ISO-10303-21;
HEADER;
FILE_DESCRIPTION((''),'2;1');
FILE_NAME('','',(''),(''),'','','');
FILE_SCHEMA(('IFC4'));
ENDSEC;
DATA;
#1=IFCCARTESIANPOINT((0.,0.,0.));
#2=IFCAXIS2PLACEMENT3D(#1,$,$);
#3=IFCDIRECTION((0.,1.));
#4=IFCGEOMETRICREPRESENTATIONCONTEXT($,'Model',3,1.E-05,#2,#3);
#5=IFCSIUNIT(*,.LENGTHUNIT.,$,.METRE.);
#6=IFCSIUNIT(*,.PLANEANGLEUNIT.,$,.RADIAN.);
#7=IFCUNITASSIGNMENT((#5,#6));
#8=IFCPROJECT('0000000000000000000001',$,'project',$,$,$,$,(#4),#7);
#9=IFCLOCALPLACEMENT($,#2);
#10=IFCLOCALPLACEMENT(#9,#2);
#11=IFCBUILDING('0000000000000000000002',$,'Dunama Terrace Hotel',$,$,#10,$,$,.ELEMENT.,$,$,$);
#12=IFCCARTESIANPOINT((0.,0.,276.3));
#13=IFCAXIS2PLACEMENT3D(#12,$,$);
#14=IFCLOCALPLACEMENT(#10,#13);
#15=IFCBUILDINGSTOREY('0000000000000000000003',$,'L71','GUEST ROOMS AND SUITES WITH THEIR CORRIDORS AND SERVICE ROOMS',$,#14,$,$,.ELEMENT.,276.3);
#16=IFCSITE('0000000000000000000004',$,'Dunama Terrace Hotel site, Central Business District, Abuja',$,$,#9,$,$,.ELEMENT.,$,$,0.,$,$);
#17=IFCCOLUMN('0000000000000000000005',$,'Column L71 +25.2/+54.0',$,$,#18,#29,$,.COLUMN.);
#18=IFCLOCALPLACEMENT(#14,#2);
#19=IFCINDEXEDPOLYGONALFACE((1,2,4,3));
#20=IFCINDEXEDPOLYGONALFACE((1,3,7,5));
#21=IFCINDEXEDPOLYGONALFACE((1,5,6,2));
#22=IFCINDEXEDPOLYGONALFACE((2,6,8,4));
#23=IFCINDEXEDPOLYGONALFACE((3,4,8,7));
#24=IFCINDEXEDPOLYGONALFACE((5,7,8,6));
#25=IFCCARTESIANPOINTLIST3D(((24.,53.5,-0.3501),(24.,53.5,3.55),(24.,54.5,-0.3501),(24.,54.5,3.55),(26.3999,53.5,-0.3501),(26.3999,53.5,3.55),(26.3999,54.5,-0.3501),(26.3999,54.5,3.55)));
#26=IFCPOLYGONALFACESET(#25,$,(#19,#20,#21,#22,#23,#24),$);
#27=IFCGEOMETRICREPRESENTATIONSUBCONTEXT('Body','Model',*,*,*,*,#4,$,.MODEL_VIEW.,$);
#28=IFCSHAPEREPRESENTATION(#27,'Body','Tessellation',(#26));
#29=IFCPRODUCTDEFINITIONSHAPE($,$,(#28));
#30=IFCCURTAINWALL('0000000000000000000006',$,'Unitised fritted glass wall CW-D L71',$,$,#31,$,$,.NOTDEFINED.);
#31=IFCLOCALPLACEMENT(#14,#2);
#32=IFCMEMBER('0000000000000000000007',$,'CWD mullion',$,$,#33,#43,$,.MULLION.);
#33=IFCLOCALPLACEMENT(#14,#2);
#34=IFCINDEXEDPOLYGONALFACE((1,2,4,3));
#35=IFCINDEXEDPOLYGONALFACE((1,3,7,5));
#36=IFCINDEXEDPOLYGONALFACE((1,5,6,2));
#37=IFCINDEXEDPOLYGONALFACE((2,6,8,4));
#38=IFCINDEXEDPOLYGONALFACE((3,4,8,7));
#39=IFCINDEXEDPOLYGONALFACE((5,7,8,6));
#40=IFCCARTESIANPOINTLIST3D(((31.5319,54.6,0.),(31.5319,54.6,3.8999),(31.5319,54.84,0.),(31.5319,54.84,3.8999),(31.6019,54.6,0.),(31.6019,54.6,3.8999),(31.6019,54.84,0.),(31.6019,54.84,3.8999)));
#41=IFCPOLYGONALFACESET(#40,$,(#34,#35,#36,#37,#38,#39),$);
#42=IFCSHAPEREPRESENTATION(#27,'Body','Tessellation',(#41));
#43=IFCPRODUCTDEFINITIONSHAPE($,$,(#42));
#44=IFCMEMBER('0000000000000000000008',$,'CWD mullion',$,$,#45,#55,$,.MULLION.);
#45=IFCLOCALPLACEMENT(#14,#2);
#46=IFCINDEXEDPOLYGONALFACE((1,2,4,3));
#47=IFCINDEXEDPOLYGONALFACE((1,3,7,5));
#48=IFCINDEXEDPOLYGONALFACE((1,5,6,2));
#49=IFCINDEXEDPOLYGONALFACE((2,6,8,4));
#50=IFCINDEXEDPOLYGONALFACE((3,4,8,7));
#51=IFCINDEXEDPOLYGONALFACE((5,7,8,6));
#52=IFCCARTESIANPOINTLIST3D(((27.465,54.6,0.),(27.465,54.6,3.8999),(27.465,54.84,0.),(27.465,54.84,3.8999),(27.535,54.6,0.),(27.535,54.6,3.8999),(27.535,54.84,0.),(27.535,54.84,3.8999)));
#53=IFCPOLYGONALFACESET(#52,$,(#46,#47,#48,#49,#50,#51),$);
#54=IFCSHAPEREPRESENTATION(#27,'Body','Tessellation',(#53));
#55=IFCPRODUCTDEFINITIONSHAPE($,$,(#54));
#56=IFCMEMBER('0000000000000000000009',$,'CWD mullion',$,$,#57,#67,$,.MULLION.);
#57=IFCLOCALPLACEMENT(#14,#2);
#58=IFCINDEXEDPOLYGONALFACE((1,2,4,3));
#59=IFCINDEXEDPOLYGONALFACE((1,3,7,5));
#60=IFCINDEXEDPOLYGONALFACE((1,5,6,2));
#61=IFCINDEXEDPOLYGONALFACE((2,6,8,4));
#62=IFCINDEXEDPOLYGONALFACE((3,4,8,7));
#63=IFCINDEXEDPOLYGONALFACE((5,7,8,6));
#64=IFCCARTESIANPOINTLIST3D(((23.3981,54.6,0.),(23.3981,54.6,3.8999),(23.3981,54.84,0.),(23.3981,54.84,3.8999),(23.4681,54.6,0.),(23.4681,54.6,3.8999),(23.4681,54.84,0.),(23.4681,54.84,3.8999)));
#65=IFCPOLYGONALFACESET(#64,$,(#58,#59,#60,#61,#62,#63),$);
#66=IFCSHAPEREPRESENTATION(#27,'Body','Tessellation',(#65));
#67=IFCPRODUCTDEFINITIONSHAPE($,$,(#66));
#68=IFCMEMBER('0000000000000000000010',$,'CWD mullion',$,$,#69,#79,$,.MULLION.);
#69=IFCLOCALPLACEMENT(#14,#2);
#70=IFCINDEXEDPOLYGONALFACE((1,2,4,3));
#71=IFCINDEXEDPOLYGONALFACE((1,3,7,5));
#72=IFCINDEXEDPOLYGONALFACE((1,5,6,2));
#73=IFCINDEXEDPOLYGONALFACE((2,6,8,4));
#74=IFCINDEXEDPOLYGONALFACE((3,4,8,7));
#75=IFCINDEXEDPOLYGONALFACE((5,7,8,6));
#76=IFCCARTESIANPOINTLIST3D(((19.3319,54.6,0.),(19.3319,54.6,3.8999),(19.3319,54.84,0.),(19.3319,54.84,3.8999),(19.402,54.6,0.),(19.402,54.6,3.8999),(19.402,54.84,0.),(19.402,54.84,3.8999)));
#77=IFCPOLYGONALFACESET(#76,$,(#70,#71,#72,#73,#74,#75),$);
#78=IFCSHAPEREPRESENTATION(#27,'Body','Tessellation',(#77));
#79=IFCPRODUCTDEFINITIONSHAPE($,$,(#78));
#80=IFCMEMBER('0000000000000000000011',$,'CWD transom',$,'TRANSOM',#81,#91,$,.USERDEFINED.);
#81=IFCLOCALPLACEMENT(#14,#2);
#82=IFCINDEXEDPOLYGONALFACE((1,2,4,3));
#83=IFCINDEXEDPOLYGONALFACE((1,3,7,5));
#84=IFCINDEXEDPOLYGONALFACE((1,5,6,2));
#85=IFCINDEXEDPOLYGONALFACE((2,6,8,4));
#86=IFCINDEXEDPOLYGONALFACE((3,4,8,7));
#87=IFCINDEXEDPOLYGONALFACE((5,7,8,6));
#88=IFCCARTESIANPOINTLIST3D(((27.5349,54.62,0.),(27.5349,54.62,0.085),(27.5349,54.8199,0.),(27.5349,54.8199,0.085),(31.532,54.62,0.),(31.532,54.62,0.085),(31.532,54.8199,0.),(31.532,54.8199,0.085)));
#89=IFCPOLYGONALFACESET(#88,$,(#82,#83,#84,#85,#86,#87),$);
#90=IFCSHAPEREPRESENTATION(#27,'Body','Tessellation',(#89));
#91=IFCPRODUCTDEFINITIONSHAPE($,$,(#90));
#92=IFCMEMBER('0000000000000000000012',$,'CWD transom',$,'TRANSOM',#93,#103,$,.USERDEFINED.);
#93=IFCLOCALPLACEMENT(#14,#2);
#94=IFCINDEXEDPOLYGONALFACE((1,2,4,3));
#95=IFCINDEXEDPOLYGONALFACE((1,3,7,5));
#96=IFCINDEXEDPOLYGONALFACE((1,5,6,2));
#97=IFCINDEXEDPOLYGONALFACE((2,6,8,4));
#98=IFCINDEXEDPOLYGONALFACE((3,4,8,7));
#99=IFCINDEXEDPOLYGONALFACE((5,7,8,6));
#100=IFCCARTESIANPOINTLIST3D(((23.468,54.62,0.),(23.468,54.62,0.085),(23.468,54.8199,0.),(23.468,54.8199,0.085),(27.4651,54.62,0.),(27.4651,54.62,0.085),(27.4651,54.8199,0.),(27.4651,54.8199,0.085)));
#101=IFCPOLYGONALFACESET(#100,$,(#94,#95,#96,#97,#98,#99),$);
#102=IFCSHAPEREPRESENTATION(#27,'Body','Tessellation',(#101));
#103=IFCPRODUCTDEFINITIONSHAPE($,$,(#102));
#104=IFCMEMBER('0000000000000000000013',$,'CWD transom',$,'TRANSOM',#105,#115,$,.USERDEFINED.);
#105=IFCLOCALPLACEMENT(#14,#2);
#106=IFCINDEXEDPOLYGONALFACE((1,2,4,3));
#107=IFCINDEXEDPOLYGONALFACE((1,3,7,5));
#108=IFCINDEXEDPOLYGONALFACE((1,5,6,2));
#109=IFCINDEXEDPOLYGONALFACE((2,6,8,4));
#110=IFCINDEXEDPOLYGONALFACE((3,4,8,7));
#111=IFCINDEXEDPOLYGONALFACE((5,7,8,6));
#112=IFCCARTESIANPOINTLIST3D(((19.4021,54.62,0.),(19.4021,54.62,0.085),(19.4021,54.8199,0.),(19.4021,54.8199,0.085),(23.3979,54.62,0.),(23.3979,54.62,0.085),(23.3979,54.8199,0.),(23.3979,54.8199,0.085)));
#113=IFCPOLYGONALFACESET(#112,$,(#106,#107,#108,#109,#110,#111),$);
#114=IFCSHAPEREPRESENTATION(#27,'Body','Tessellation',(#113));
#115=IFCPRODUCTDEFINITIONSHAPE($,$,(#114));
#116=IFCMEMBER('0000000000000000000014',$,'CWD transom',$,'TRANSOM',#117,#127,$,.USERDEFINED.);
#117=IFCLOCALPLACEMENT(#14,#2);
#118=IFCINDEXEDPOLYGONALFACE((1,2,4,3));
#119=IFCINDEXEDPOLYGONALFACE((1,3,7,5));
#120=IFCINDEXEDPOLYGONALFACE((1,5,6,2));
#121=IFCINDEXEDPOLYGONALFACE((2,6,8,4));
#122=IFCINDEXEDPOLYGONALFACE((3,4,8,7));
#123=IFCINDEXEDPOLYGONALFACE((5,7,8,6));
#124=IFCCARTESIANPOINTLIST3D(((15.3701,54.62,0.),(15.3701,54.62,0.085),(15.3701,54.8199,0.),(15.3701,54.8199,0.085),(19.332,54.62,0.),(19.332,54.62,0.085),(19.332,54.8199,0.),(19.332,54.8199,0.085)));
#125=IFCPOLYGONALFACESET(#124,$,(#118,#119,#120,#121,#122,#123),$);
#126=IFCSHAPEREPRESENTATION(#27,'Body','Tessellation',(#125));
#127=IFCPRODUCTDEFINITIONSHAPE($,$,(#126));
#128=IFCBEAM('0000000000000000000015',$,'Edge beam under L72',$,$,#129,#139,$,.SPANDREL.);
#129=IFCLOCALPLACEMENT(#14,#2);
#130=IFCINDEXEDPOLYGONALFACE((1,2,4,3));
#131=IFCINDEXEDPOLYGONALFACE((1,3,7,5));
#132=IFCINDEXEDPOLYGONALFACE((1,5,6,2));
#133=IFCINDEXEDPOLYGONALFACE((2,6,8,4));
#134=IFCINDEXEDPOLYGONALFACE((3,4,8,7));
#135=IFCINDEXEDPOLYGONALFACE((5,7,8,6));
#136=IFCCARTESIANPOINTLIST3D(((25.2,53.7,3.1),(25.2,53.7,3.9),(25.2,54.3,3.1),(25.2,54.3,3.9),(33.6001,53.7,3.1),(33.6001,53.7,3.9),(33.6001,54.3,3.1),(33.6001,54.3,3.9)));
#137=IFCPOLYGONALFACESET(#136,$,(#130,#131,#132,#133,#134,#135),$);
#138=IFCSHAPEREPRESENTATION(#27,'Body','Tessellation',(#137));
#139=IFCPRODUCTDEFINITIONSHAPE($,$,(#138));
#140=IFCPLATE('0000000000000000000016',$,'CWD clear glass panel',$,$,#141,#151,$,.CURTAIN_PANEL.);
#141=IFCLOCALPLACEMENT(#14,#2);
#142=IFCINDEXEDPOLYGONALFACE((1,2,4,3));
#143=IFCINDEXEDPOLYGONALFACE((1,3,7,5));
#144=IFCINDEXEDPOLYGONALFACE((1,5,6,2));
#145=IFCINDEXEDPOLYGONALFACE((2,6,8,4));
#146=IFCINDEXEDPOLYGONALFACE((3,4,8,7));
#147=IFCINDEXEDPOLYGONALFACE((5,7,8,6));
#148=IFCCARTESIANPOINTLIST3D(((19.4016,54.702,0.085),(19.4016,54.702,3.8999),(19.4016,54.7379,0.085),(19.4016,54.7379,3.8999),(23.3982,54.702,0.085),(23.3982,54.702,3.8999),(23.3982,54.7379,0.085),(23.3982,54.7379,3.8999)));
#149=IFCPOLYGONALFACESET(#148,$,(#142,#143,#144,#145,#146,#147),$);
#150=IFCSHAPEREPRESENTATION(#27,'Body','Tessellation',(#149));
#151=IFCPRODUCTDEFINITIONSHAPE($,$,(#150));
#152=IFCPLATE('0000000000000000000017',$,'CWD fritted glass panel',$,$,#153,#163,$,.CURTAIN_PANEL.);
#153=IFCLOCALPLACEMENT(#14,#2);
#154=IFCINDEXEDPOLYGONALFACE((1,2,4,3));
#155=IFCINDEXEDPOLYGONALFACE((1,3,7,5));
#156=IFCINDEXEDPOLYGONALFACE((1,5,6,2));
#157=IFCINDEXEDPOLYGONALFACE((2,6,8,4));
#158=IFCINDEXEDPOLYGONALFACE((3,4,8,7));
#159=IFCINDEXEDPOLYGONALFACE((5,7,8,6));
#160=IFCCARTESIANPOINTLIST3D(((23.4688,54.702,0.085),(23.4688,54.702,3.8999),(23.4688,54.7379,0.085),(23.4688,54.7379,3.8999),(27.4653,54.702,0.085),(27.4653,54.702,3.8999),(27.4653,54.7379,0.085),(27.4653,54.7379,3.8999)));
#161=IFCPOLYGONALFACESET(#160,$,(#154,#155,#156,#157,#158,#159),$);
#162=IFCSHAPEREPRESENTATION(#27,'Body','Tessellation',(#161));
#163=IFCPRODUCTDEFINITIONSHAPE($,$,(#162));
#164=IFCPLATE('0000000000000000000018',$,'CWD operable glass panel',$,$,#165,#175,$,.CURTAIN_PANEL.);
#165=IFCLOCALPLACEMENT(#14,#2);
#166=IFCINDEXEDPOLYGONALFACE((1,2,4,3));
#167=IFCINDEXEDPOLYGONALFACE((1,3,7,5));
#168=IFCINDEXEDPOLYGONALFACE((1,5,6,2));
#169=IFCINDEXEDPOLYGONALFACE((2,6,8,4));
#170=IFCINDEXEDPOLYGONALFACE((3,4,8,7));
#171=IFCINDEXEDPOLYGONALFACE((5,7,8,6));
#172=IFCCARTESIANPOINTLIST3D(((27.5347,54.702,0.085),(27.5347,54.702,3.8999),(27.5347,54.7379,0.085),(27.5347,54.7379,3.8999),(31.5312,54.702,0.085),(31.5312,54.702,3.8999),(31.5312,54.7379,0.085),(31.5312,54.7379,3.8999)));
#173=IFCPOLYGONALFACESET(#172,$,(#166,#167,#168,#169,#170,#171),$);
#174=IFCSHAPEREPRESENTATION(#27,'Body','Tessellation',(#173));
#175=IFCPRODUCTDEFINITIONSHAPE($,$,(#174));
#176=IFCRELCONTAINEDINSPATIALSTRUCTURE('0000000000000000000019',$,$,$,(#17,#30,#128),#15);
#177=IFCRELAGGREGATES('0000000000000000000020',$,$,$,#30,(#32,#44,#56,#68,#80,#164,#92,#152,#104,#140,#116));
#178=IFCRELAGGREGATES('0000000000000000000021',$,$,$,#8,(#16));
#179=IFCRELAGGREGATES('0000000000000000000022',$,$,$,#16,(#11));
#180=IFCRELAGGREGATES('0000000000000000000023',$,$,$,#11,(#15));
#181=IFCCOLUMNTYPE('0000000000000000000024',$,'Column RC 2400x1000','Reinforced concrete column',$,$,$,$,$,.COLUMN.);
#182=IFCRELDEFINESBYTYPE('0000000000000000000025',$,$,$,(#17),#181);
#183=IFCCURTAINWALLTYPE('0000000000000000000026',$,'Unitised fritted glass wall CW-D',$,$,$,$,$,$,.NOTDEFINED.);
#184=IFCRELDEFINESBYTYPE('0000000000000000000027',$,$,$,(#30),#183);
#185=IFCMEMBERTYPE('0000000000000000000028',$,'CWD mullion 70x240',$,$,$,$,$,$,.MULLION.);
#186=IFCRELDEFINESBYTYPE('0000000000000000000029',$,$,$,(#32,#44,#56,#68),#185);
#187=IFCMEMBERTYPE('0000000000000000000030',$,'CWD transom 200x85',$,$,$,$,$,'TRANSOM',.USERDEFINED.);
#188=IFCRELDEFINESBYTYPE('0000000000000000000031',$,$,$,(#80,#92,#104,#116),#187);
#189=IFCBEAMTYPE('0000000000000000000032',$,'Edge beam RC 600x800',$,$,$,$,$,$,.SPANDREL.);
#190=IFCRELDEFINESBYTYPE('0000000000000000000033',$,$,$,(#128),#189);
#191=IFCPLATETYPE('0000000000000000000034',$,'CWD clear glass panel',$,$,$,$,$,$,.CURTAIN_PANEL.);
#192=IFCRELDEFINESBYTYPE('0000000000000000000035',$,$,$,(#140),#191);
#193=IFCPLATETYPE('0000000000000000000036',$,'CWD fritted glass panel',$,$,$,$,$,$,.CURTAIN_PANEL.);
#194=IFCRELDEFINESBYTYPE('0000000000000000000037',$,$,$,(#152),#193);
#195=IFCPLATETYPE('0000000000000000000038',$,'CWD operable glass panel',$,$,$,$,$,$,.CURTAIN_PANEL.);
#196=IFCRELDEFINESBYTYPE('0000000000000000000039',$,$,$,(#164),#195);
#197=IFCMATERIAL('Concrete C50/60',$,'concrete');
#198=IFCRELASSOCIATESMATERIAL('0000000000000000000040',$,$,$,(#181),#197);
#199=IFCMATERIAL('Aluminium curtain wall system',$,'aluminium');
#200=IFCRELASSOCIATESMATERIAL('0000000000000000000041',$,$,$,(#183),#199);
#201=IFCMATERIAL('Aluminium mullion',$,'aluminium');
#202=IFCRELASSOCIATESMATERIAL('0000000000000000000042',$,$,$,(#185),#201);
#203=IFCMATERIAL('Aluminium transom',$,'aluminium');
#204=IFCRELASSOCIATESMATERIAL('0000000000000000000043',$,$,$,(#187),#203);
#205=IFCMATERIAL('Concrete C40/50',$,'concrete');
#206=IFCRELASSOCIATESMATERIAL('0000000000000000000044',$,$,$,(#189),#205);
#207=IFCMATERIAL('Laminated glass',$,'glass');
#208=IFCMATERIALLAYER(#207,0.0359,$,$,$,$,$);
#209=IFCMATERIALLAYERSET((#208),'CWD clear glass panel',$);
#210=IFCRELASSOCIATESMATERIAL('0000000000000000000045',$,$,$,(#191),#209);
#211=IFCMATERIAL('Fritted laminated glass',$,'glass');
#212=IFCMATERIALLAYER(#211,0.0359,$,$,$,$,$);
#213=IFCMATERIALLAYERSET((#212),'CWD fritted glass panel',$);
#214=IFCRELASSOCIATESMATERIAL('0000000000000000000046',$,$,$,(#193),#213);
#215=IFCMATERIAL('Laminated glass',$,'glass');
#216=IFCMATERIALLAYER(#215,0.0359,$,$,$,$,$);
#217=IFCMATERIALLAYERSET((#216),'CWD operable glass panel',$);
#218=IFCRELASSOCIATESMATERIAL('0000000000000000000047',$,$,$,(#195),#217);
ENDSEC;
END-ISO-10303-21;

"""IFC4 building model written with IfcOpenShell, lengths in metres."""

from ifc_helpers import new_model, si_unit, direction, frame, origin, origin_2d, place, context, subcontext, project, spatial, rectangle, extrude, material, layer, layer_set, material_profile, profile_set, type_object, element, aggregate, save


model = new_model("IFC4")

# Units and contexts
model_context = context("Model", 3, precision=1e-05, world=origin(), true_north=direction((0.0, 1.0)))
body_context = subcontext(model_context, "Body", "Model", "MODEL_VIEW")
ifc_project = project(units=[si_unit("LENGTHUNIT", "METRE"), si_unit("PLANEANGLEUNIT", "RADIAN")], contexts=[model_context])

# Site, building, storey
site_placement = place(None, origin())
site = spatial("IfcSite", under=ifc_project, at=site_placement, Name="Dunama Terrace Hotel site, Central Business District, Abuja", CompositionType="ELEMENT", RefElevation=0.0)
building_placement = place(site_placement, origin())
building = spatial("IfcBuilding", under=site, at=building_placement, Name="Dunama Terrace Hotel", CompositionType="ELEMENT")
storey_placement = place(building_placement, frame((0.0, 0.0, 276.3)))
storey = spatial("IfcBuildingStorey", under=building, at=storey_placement, Name="L71", Description="GUEST ROOMS AND SUITES WITH THEIR CORRIDORS AND SERVICE ROOMS", CompositionType="ELEMENT", Elevation=276.3)

# Column
ifc_material_1 = material(Name="Concrete C50/60", Category="concrete")
ifc_material_profile_1 = material_profile(ifc_material_1, rectangle(XDim=2.3999, YDim=1.0, at=origin_2d()), Name="RC 2400x1000")
ifc_profile_set_1 = profile_set([ifc_material_profile_1], Name="Concrete C50/60")
column_type = type_object("IfcColumnType", Name="Column RC 2400x1000", Description="Reinforced concrete column", PredefinedType="COLUMN", material=ifc_profile_set_1)
column_placement = place(storey_placement, frame((25.2, 54.0, -0.3501), z_axis=(0.0, 0.0, 1.0), x_axis=(1.0, 0.0, 0.0)))
element("IfcColumn", 1, at=column_placement, inside=storey, type_object=column_type, Name="Column L71 +25.2/+54.0", PredefinedType="COLUMN", context=body_context, shape_type="SweptSolid", body=[
    extrude(rectangle(XDim=2.3999, YDim=1.0, at=origin_2d()), origin(), (0.0, 0.0, 1.0), 3.9001),
])

# Curtain wall, members
ifc_material_2 = material(Name="Aluminium curtain wall system", Category="aluminium")
curtain_wall_type = type_object("IfcCurtainWallType", Name="Unitised fritted glass wall CW-D", PredefinedType="NOTDEFINED", material=ifc_material_2)
curtain_wall_placement = place(storey_placement, origin())
curtain_wall = element("IfcCurtainWall", 2, at=curtain_wall_placement, inside=storey, type_object=curtain_wall_type, Name="Unitised fritted glass wall CW-D L71", PredefinedType="NOTDEFINED")
ifc_material_3 = material(Name="Aluminium mullion", Category="aluminium")
ifc_material_profile_2 = material_profile(ifc_material_3, rectangle(XDim=0.0701, YDim=0.24, at=origin_2d()), Name="CWD MULLION 70X240")
ifc_profile_set_2 = profile_set([ifc_material_profile_2], Name="Aluminium mullion")
member_type_1 = type_object("IfcMemberType", Name="CWD mullion 70x240", PredefinedType="MULLION", material=ifc_profile_set_2)
member_1_placement = place(storey_placement, frame((31.5669, 54.72, 0.0), z_axis=(0.0, 0.0, 1.0), x_axis=(-1.0, 0.0, 0.0)))
member_1 = element("IfcMember", 3, at=member_1_placement, type_object=member_type_1, Name="CWD mullion", PredefinedType="MULLION", context=body_context, shape_type="SweptSolid", body=[
    extrude(rectangle(XDim=0.0701, YDim=0.24, at=origin_2d()), origin(), (0.0, 0.0, 1.0), 3.8999),
])
member_2_placement = place(storey_placement, frame((27.5, 54.72, 0.0), z_axis=(0.0, 0.0, 1.0), x_axis=(-1.0, 0.0, 0.0)))
member_2 = element("IfcMember", 4, at=member_2_placement, type_object=member_type_1, Name="CWD mullion", PredefinedType="MULLION", context=body_context, shape_type="SweptSolid", body=[
    extrude(rectangle(XDim=0.0701, YDim=0.24, at=origin_2d()), origin(), (0.0, 0.0, 1.0), 3.8999),
])
member_3_placement = place(storey_placement, frame((23.4331, 54.72, 0.0), z_axis=(0.0, 0.0, 1.0), x_axis=(-1.0, 0.0, 0.0)))
member_3 = element("IfcMember", 5, at=member_3_placement, type_object=member_type_1, Name="CWD mullion", PredefinedType="MULLION", context=body_context, shape_type="SweptSolid", body=[
    extrude(rectangle(XDim=0.0701, YDim=0.24, at=origin_2d()), origin(), (0.0, 0.0, 1.0), 3.8999),
])
member_4_placement = place(storey_placement, frame((19.3669, 54.72, 0.0), z_axis=(0.0, 0.0, 1.0), x_axis=(-1.0, 0.0, 0.0)))
member_4 = element("IfcMember", 6, at=member_4_placement, type_object=member_type_1, Name="CWD mullion", PredefinedType="MULLION", context=body_context, shape_type="SweptSolid", body=[
    extrude(rectangle(XDim=0.0701, YDim=0.24, at=origin_2d()), origin(), (0.0, 0.0, 1.0), 3.8999),
])
ifc_material_4 = material(Name="Aluminium transom", Category="aluminium")
ifc_material_profile_3 = material_profile(ifc_material_4, rectangle(XDim=0.2, YDim=0.085, at=origin_2d()), Name="CWD TRANSOM 200X85")
ifc_profile_set_3 = profile_set([ifc_material_profile_3], Name="Aluminium transom")
member_type_2 = type_object("IfcMemberType", Name="CWD transom 200x85", ElementType="TRANSOM", PredefinedType="USERDEFINED", material=ifc_profile_set_3)
member_5_placement = place(storey_placement, frame((31.532, 54.72, 0.0425), z_axis=(-1.0, 0.0, 0.0), x_axis=(0.0, -1.0, 0.0)))
member_5 = element("IfcMember", 7, at=member_5_placement, type_object=member_type_2, Name="CWD transom", ObjectType="TRANSOM", PredefinedType="USERDEFINED", context=body_context, shape_type="SweptSolid", body=[
    extrude(rectangle(XDim=0.2, YDim=0.085, at=origin_2d()), origin(), (0.0, 0.0, 1.0), 3.9971),
])
member_6_placement = place(storey_placement, frame((27.4651, 54.72, 0.0425), z_axis=(-1.0, 0.0, 0.0), x_axis=(0.0, -1.0, 0.0)))
member_6 = element("IfcMember", 8, at=member_6_placement, type_object=member_type_2, Name="CWD transom", ObjectType="TRANSOM", PredefinedType="USERDEFINED", context=body_context, shape_type="SweptSolid", body=[
    extrude(rectangle(XDim=0.2, YDim=0.085, at=origin_2d()), origin(), (0.0, 0.0, 1.0), 3.9971),
])
member_7_placement = place(storey_placement, frame((23.3979, 54.72, 0.0425), z_axis=(-1.0, 0.0, 0.0), x_axis=(0.0, -1.0, 0.0)))
member_7 = element("IfcMember", 9, at=member_7_placement, type_object=member_type_2, Name="CWD transom", ObjectType="TRANSOM", PredefinedType="USERDEFINED", context=body_context, shape_type="SweptSolid", body=[
    extrude(rectangle(XDim=0.2, YDim=0.085, at=origin_2d()), origin(), (0.0, 0.0, 1.0), 3.9958),
])
member_8_placement = place(storey_placement, frame((19.332, 54.72, 0.0425), z_axis=(-1.0, 0.0, 0.0), x_axis=(0.0, -1.0, 0.0)))
member_8 = element("IfcMember", 10, at=member_8_placement, type_object=member_type_2, Name="CWD transom", ObjectType="TRANSOM", PredefinedType="USERDEFINED", context=body_context, shape_type="SweptSolid", body=[
    extrude(rectangle(XDim=0.2, YDim=0.085, at=origin_2d()), origin(), (0.0, 0.0, 1.0), 3.9619),
])

# Beam
ifc_material_5 = material(Name="Concrete C40/50", Category="concrete")
ifc_material_profile_4 = material_profile(ifc_material_5, rectangle(XDim=0.6001, YDim=0.8, at=origin_2d()), Name="RC 600x800")
ifc_profile_set_4 = profile_set([ifc_material_profile_4], Name="Concrete C40/50")
beam_type = type_object("IfcBeamType", Name="Edge beam RC 600x800", PredefinedType="SPANDREL", material=ifc_profile_set_4)
beam_placement = place(storey_placement, frame((25.2, 54.0, 3.5), z_axis=(1.0, 0.0, 0.0), x_axis=(0.0, 1.0, 0.0)))
element("IfcBeam", 11, at=beam_placement, inside=storey, type_object=beam_type, Name="Edge beam under L72", PredefinedType="SPANDREL", context=body_context, shape_type="SweptSolid", body=[
    extrude(rectangle(XDim=0.6001, YDim=0.8, at=origin_2d()), origin(), (0.0, 0.0, 1.0), 8.4001),
])

# Plates
ifc_material_6 = material(Name="Laminated glass", Category="glass")
ifc_layer_1 = layer(ifc_material_6, 0.0359)
ifc_layer_set_1 = layer_set([ifc_layer_1], Name="CWD clear glass panel")
plate_type_1 = type_object("IfcPlateType", Name="CWD clear glass panel", PredefinedType="CURTAIN_PANEL", material=ifc_layer_set_1)
plate_1_placement = place(storey_placement, frame((21.3999, 54.72, 0.085), z_axis=(0.0, 0.0, 1.0), x_axis=(-1.0, 0.0, 0.0)))
plate_1 = element("IfcPlate", 12, at=plate_1_placement, type_object=plate_type_1, Name="CWD clear glass panel", PredefinedType="CURTAIN_PANEL", context=body_context, shape_type="SweptSolid", body=[
    extrude(rectangle(XDim=3.9966, YDim=0.0359, at=origin_2d()), origin(), (0.0, 0.0, 1.0), 3.8149),
])
ifc_material_7 = material(Name="Fritted laminated glass", Category="glass")
ifc_layer_2 = layer(ifc_material_7, 0.0359)
ifc_layer_set_2 = layer_set([ifc_layer_2], Name="CWD fritted glass panel")
plate_type_2 = type_object("IfcPlateType", Name="CWD fritted glass panel", PredefinedType="CURTAIN_PANEL", material=ifc_layer_set_2)
plate_2_placement = place(storey_placement, frame((25.467, 54.72, 0.085), z_axis=(0.0, 0.0, 1.0), x_axis=(-1.0, 0.0, 0.0)))
plate_2 = element("IfcPlate", 13, at=plate_2_placement, type_object=plate_type_2, Name="CWD fritted glass panel", PredefinedType="CURTAIN_PANEL", context=body_context, shape_type="SweptSolid", body=[
    extrude(rectangle(XDim=3.9966, YDim=0.0359, at=origin_2d()), origin(), (0.0, 0.0, 1.0), 3.8149),
])
ifc_material_8 = material(Name="Laminated glass", Category="glass")
ifc_layer_3 = layer(ifc_material_8, 0.0359)
ifc_layer_set_3 = layer_set([ifc_layer_3], Name="CWD operable glass panel")
plate_type_3 = type_object("IfcPlateType", Name="CWD operable glass panel", PredefinedType="CURTAIN_PANEL", material=ifc_layer_set_3)
plate_3_placement = place(storey_placement, frame((29.533, 54.72, 0.085), z_axis=(0.0, 0.0, 1.0), x_axis=(-1.0, 0.0, 0.0)))
plate_3 = element("IfcPlate", 14, at=plate_3_placement, type_object=plate_type_3, Name="CWD operable glass panel", PredefinedType="CURTAIN_PANEL", context=body_context, shape_type="SweptSolid", body=[
    extrude(rectangle(XDim=3.9966, YDim=0.0359, at=origin_2d()), origin(), (0.0, 0.0, 1.0), 3.8149),
])
aggregate(curtain_wall, [member_1, member_2, member_3, member_4, member_5, plate_3, member_6, plate_2, member_7, plate_1, member_8])

save(model, "model.ifc")
